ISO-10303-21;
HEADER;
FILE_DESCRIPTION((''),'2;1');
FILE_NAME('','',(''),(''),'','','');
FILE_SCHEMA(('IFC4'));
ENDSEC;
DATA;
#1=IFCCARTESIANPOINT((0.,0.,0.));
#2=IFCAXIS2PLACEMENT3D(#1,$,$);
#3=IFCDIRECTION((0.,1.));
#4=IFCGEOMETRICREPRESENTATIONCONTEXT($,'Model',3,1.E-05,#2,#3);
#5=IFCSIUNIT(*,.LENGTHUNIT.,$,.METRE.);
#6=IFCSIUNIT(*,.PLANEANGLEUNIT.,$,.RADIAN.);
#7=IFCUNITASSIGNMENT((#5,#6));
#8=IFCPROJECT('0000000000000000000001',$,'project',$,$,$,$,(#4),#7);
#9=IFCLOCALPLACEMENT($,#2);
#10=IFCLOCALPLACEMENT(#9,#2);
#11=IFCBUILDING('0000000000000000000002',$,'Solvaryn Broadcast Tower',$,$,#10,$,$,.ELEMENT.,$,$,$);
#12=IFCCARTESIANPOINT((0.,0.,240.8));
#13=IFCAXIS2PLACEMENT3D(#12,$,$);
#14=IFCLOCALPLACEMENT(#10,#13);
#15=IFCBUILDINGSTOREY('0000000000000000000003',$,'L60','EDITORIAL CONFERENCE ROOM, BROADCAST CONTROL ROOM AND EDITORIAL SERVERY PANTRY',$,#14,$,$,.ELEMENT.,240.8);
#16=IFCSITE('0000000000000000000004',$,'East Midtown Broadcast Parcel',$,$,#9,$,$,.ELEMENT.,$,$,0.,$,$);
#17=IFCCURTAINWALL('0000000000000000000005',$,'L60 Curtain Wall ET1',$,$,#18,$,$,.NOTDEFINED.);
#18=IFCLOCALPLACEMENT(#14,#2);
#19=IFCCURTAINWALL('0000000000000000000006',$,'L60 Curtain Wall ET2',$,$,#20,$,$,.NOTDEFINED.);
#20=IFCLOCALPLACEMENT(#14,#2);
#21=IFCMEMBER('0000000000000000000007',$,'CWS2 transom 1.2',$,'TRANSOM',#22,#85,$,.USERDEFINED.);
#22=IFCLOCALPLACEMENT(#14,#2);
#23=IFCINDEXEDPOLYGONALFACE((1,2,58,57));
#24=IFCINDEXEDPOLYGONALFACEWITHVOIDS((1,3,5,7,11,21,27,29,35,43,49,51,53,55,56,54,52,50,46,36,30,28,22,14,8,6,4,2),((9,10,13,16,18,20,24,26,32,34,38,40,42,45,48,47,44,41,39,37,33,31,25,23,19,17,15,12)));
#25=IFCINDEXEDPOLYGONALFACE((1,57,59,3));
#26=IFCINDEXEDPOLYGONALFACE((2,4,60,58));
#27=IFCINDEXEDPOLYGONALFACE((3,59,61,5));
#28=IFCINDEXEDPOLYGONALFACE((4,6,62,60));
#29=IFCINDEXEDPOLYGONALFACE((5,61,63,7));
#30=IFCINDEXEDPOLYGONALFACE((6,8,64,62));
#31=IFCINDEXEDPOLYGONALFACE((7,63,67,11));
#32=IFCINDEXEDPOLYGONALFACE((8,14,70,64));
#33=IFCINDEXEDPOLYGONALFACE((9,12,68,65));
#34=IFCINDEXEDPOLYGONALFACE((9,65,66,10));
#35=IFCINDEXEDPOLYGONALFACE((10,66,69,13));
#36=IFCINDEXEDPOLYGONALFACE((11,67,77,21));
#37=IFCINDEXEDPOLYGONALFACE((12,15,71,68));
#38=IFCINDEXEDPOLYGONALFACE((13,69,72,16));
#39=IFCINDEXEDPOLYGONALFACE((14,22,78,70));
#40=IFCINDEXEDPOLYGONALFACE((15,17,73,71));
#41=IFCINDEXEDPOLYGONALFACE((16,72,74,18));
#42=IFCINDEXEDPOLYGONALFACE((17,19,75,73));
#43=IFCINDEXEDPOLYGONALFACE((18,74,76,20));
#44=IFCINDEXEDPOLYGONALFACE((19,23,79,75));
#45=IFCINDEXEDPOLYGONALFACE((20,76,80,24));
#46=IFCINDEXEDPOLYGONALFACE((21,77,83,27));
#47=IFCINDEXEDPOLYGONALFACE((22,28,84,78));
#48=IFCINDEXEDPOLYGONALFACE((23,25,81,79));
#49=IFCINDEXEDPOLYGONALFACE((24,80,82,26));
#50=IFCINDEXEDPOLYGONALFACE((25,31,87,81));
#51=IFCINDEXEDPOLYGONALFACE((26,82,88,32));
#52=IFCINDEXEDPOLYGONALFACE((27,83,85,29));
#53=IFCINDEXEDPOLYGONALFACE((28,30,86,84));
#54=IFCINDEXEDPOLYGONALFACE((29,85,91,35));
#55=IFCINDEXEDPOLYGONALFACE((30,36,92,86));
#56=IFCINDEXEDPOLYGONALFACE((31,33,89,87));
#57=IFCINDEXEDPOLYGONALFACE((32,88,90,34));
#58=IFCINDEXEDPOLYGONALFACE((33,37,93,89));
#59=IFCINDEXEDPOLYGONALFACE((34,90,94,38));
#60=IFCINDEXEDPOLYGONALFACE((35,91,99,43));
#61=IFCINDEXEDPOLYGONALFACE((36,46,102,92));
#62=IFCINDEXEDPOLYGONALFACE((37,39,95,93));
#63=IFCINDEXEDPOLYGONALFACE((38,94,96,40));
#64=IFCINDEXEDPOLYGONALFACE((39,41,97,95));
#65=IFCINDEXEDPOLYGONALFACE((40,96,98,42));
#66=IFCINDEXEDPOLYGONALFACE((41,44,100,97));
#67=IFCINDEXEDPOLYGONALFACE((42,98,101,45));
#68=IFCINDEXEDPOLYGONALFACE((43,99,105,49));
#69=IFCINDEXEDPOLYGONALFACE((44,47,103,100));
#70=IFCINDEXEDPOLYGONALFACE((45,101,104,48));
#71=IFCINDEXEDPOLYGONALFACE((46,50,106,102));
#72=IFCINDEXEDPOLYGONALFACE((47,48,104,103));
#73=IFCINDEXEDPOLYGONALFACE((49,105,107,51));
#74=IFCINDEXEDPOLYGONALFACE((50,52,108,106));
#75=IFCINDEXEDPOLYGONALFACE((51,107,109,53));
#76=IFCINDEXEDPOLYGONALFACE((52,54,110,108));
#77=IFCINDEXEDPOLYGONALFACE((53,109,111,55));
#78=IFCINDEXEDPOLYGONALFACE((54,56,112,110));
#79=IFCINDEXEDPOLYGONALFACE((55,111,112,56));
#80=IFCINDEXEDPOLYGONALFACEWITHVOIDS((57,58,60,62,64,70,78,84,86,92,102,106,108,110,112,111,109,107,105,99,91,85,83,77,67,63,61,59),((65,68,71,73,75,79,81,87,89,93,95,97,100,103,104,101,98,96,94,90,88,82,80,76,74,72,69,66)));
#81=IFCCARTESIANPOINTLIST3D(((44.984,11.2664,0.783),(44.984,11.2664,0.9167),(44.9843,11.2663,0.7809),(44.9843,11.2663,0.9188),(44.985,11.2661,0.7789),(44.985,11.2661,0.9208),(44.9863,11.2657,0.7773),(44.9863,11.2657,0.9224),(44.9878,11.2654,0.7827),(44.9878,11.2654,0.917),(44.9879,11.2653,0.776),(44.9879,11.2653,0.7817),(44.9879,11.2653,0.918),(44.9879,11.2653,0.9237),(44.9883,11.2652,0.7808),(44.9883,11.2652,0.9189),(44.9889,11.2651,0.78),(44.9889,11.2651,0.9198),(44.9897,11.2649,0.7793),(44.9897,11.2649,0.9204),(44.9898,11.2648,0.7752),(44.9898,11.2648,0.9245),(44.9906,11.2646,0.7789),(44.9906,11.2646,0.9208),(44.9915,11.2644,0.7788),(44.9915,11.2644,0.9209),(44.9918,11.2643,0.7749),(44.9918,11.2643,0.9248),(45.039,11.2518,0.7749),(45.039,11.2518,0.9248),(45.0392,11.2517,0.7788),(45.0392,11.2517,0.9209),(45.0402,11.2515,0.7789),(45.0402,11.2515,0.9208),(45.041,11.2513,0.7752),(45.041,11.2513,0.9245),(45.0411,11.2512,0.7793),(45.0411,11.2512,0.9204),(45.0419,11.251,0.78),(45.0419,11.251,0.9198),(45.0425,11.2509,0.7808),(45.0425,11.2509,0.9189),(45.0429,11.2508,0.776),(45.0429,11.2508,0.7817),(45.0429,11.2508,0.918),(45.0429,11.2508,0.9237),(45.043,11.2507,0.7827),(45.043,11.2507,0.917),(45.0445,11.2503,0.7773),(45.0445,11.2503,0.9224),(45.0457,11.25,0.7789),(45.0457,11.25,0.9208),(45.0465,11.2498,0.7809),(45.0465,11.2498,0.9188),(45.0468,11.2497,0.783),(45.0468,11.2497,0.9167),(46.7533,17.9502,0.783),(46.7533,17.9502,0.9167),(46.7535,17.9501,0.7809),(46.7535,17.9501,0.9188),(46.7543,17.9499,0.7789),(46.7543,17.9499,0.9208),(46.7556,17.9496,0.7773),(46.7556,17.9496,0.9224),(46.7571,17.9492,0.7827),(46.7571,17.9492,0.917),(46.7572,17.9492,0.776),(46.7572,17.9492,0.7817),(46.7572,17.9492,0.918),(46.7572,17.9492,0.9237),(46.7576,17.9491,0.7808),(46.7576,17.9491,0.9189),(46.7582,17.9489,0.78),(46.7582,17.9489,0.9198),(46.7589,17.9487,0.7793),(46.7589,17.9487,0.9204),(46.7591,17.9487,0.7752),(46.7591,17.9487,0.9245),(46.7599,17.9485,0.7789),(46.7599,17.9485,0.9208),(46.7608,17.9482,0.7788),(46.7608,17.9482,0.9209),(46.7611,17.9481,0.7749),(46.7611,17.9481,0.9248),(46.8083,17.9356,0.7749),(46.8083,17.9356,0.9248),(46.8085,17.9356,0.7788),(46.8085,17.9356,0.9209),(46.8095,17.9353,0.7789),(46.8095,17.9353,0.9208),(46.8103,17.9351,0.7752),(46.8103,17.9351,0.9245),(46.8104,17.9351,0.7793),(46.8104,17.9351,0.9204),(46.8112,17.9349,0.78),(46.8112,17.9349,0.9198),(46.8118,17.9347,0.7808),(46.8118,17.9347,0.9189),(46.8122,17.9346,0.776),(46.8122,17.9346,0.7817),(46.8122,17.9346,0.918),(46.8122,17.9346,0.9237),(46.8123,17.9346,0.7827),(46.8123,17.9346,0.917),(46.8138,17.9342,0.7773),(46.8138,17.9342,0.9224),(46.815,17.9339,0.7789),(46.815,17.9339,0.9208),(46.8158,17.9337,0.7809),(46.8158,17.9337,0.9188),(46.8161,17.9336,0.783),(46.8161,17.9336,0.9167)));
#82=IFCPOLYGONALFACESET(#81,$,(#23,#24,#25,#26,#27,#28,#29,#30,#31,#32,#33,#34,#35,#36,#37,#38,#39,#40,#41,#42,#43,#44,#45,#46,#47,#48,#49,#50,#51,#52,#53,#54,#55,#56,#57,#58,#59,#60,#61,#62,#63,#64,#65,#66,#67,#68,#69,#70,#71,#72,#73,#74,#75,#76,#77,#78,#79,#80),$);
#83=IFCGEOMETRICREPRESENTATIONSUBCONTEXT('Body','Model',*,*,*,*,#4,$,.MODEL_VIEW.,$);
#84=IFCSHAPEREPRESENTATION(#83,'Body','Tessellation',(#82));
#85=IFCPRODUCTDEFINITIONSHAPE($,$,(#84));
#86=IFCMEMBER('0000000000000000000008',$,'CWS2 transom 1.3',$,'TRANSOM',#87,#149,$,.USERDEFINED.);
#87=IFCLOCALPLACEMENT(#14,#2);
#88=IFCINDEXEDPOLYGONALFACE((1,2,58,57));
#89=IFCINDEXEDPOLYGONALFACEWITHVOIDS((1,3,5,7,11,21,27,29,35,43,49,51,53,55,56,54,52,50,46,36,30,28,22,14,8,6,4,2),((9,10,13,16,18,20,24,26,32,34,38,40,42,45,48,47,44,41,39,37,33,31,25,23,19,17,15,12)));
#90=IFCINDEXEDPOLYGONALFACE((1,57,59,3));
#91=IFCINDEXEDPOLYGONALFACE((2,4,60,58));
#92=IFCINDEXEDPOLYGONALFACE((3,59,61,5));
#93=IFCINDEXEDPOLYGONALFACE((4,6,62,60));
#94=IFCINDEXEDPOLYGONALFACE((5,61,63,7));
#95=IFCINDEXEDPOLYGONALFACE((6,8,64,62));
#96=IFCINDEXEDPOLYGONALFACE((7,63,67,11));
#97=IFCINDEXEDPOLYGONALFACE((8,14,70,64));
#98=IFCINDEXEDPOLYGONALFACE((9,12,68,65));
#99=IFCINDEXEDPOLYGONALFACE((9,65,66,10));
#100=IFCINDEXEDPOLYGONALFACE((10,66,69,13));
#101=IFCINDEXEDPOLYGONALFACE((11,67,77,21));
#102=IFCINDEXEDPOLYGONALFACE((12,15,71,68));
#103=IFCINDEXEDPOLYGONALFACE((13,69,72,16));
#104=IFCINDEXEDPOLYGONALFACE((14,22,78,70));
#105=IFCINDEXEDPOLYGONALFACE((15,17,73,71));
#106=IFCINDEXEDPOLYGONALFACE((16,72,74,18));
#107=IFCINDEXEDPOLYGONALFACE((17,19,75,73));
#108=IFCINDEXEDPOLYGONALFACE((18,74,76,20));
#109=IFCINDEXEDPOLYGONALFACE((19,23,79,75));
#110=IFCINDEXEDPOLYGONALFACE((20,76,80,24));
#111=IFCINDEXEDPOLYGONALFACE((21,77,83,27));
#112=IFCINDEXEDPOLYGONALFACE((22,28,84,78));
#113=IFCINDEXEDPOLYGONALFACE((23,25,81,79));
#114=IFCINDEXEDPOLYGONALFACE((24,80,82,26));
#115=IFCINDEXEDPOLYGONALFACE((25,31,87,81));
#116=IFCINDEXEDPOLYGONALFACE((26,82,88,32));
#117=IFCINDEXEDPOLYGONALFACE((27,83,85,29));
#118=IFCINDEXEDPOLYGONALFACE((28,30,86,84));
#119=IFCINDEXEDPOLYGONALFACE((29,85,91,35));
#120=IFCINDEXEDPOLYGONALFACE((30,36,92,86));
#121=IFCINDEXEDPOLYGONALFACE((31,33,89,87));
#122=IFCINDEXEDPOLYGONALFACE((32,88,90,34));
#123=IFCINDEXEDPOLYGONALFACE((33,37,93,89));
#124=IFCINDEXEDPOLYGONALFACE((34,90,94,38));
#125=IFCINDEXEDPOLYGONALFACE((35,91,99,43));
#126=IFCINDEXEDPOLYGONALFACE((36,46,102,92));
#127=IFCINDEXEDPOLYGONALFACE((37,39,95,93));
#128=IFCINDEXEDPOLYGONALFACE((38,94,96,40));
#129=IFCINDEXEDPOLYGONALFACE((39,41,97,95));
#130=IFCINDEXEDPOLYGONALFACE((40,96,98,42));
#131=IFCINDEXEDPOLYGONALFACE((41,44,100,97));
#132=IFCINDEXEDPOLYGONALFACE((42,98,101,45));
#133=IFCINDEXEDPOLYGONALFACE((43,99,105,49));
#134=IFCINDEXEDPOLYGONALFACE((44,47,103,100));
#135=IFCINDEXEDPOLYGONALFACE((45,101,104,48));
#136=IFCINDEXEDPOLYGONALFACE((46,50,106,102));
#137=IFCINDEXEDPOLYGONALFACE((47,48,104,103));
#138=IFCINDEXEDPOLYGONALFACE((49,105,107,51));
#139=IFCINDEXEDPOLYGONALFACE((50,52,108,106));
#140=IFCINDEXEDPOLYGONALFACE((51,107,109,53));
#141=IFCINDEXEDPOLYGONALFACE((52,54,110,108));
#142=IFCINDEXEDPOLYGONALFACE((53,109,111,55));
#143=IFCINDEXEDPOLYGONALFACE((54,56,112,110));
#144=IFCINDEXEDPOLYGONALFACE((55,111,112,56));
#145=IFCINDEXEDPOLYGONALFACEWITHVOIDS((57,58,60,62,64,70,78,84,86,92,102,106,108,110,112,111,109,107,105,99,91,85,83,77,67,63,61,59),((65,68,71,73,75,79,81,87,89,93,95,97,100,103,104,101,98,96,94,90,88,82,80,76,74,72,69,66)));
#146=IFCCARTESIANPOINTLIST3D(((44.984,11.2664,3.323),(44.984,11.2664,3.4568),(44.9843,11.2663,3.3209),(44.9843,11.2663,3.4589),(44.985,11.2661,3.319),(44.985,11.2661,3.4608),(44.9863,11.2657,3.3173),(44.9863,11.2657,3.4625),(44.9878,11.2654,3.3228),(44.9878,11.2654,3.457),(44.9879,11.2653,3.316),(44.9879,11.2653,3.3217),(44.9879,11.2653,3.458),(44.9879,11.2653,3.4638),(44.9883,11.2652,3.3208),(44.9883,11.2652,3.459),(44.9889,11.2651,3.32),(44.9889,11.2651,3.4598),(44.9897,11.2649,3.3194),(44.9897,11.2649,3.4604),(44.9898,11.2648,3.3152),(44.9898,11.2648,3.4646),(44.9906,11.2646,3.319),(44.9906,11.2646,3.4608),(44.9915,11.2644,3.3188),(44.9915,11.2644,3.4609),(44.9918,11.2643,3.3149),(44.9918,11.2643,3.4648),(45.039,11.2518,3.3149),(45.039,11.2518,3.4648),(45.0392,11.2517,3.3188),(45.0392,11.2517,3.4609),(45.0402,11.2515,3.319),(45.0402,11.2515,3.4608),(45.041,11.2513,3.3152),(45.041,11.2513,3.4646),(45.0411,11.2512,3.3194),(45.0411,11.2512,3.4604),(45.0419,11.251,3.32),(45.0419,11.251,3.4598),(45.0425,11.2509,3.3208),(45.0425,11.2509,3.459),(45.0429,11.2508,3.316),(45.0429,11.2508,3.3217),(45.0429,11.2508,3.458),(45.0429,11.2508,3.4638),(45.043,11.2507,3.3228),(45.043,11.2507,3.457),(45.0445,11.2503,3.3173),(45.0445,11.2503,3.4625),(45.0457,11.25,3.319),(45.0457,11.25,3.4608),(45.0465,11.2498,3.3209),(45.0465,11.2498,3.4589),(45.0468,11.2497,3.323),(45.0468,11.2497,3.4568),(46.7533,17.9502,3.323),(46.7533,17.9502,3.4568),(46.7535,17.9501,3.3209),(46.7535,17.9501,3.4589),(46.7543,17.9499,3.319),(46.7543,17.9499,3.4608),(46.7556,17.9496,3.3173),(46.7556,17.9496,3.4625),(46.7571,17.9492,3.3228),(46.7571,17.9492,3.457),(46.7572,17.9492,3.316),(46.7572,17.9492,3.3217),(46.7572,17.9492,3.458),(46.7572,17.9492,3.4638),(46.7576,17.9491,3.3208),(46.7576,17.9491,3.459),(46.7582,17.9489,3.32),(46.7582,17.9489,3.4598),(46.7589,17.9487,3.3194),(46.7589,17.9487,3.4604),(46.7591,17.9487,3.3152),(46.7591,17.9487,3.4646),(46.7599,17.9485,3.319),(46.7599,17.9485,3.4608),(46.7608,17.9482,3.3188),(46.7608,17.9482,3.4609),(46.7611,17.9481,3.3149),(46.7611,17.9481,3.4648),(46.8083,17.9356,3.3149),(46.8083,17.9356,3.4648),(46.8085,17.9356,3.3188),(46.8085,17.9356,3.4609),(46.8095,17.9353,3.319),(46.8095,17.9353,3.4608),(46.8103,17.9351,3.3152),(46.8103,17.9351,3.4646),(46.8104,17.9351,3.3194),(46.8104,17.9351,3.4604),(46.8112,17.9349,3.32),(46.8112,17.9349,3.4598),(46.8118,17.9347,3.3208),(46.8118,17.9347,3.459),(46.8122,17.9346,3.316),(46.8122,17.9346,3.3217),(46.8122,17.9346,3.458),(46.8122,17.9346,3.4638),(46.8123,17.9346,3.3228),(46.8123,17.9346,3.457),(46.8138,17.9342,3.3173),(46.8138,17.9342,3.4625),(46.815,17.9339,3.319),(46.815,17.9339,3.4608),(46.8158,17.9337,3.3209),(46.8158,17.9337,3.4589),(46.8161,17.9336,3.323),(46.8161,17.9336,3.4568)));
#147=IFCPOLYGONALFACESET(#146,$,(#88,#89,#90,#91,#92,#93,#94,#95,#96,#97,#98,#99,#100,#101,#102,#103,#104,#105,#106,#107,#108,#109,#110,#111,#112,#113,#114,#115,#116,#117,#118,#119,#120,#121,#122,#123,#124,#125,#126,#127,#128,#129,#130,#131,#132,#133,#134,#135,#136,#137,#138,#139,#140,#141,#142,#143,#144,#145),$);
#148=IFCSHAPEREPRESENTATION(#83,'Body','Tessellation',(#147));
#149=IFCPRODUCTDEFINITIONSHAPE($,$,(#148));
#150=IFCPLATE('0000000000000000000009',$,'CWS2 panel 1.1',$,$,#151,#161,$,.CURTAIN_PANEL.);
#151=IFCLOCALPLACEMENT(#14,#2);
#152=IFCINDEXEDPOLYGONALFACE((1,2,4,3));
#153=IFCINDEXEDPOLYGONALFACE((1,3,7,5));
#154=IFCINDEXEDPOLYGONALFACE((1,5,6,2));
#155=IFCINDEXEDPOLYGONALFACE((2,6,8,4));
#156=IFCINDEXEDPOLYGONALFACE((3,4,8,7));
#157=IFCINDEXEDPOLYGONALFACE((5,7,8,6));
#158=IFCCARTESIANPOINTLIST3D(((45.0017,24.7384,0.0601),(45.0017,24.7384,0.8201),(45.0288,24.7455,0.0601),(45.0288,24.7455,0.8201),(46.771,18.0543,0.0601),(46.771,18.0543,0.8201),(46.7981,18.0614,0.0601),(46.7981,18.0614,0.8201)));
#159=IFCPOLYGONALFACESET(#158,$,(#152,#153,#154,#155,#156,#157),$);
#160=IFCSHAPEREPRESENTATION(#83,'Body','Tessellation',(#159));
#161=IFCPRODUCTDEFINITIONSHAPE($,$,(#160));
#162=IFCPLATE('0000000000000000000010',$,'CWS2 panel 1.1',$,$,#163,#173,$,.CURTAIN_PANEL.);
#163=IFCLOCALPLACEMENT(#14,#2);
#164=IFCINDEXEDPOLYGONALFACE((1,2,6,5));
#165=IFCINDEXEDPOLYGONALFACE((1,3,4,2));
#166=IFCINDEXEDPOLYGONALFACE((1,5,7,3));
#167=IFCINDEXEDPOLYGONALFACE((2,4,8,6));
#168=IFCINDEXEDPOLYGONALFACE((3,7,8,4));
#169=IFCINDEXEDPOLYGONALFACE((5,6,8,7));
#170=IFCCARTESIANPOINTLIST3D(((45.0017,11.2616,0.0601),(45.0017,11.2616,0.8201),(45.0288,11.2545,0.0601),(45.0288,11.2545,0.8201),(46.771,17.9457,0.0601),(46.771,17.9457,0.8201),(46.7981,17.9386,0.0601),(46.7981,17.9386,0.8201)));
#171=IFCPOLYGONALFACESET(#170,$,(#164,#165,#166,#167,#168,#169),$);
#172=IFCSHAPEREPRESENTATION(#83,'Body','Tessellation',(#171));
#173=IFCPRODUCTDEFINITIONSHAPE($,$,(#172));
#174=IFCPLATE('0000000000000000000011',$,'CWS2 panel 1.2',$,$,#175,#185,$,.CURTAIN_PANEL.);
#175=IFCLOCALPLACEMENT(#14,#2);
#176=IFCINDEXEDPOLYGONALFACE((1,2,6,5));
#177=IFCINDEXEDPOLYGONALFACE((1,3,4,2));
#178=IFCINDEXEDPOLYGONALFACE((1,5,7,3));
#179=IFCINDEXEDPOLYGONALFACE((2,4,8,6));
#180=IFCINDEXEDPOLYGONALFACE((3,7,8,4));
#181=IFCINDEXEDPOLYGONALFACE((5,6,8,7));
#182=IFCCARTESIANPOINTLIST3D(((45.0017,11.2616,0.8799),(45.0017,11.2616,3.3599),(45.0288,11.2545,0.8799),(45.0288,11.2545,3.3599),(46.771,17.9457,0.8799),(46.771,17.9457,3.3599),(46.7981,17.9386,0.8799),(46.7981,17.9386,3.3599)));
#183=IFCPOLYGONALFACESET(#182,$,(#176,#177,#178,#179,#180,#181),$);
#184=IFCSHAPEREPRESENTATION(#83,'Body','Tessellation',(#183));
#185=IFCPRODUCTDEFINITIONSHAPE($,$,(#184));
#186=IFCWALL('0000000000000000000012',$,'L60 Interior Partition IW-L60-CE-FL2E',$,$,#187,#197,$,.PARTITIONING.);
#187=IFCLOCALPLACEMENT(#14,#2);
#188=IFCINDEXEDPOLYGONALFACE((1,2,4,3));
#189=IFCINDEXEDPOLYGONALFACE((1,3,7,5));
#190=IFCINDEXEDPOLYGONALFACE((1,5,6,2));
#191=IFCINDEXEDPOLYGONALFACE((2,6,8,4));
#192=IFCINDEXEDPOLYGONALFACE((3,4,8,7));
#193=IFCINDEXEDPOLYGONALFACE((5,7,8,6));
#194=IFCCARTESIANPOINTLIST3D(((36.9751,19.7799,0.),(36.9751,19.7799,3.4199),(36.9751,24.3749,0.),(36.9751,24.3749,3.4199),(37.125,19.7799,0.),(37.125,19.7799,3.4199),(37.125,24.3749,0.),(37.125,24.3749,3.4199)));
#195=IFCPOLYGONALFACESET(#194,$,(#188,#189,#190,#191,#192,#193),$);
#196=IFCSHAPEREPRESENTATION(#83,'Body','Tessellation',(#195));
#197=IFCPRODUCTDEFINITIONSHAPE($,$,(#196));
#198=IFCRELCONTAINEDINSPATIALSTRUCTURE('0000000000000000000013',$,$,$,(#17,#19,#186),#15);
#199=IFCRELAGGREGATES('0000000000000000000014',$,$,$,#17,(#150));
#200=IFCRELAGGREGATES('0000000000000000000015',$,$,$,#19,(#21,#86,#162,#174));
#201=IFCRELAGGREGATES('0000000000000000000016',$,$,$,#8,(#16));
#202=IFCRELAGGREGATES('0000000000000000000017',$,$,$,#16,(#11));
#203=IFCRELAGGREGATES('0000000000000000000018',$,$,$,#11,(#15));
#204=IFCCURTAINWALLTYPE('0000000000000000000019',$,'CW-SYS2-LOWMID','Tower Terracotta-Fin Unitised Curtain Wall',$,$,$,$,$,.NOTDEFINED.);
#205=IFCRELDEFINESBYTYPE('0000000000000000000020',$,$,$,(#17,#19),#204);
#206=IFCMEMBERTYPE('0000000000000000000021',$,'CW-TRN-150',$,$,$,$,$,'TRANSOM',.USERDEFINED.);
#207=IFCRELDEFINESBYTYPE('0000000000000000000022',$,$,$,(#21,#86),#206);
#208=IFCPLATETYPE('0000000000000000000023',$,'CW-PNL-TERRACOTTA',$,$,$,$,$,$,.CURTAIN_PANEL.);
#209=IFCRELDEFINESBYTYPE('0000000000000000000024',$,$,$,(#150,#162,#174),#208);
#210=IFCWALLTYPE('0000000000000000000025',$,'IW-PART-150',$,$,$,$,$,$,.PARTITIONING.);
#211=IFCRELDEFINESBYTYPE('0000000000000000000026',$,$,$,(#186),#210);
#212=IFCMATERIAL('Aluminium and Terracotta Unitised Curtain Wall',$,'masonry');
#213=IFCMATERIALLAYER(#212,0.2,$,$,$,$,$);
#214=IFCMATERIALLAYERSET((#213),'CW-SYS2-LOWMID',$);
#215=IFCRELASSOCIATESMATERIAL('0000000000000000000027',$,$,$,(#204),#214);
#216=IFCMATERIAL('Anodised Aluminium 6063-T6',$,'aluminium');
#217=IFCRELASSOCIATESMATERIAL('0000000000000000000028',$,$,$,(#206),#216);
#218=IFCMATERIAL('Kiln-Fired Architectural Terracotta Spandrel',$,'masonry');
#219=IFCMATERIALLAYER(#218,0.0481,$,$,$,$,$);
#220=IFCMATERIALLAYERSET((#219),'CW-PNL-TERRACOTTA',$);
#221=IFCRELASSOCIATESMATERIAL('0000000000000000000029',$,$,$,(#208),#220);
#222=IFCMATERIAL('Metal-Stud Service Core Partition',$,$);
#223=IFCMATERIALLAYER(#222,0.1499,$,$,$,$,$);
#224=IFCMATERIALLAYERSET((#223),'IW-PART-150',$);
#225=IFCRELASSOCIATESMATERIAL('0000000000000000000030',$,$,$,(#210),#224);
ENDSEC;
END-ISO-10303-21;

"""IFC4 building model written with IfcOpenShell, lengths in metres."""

from ifc_helpers import new_model, si_unit, direction, frame, frame_2d, origin, origin_2d, place, context, subcontext, project, spatial, rectangle, hollow_rectangle, extrude, material, layer, layer_set, material_profile, profile_set, type_object, element, aggregate, save


model = new_model("IFC4")

# Units and contexts
model_context = context("Model", 3, precision=1e-05, world=origin(), true_north=direction((0.0, 1.0)))
body_context = subcontext(model_context, "Body", "Model", "MODEL_VIEW")
ifc_project = project(units=[si_unit("LENGTHUNIT", "METRE"), si_unit("PLANEANGLEUNIT", "RADIAN")], contexts=[model_context])

# Site, building, storey
site_placement = place(None, origin())
site = spatial("IfcSite", under=ifc_project, at=site_placement, Name="East Midtown Broadcast Parcel", CompositionType="ELEMENT", RefElevation=0.0)
building_placement = place(site_placement, origin())
building = spatial("IfcBuilding", under=site, at=building_placement, Name="Solvaryn Broadcast Tower", CompositionType="ELEMENT")
storey_placement = place(building_placement, frame((0.0, 0.0, 240.8)))
storey = spatial("IfcBuildingStorey", under=building, at=storey_placement, Name="L60", Description="EDITORIAL CONFERENCE ROOM, BROADCAST CONTROL ROOM AND EDITORIAL SERVERY PANTRY", CompositionType="ELEMENT", Elevation=240.8)

# Curtain wall
ifc_material_1 = material(Name="Aluminium and Terracotta Unitised Curtain Wall", Category="masonry")
ifc_layer_1 = layer(ifc_material_1, 0.2)
ifc_layer_set_1 = layer_set([ifc_layer_1], Name="CW-SYS2-LOWMID")
curtain_wall_type = type_object("IfcCurtainWallType", Name="CW-SYS2-LOWMID", Description="Tower Terracotta-Fin Unitised Curtain Wall", PredefinedType="NOTDEFINED", material=ifc_layer_set_1)
curtain_wall_1_placement = place(storey_placement, origin())
curtain_wall_1 = element("IfcCurtainWall", 1, at=curtain_wall_1_placement, inside=storey, type_object=curtain_wall_type, Name="L60 Curtain Wall ET1", PredefinedType="NOTDEFINED")

# Curtain wall, members
curtain_wall_2_placement = place(storey_placement, origin())
curtain_wall_2 = element("IfcCurtainWall", 2, at=curtain_wall_2_placement, inside=storey, type_object=curtain_wall_type, Name="L60 Curtain Wall ET2", PredefinedType="NOTDEFINED")
ifc_material_2 = material(Name="Anodised Aluminium 6063-T6", Category="aluminium")
ifc_material_profile_1 = material_profile(ifc_material_2, hollow_rectangle(XDim=0.0649, YDim=0.1499, WallThickness=0.0039, InnerFilletRadius=0.0039, OuterFilletRadius=0.0081, at=origin_2d()))
ifc_profile_set_1 = profile_set([ifc_material_profile_1], Name="Anodised Aluminium 6063-T6")
member_type_1 = type_object("IfcMemberType", Name="CW-TRN-150", ElementType="TRANSOM", PredefinedType="USERDEFINED", material=ifc_profile_set_1)
member_1_placement = place(storey_placement, frame((46.7847, 17.9419, 0.8499), z_axis=(-0.255897, -0.966704, 0.0), x_axis=(0.966704, -0.255897, 0.0)))
member_1 = element("IfcMember", 3, at=member_1_placement, type_object=member_type_1, Name="CWS2 transom 1.2", ObjectType="TRANSOM", PredefinedType="USERDEFINED", context=body_context, shape_type="SweptSolid", body=[
    extrude(hollow_rectangle(XDim=0.0649, YDim=0.1499, WallThickness=0.0039, InnerFilletRadius=0.0039, OuterFilletRadius=0.0081, at=origin_2d()), origin(), (0.0, 0.0, 1.0), 6.9141),
])
member_2_placement = place(storey_placement, frame((46.7847, 17.9419, 3.3899), z_axis=(-0.255897, -0.966704, 0.0), x_axis=(0.966704, -0.255897, 0.0)))
member_2 = element("IfcMember", 4, at=member_2_placement, type_object=member_type_1, Name="CWS2 transom 1.3", ObjectType="TRANSOM", PredefinedType="USERDEFINED", context=body_context, shape_type="SweptSolid", body=[
    extrude(hollow_rectangle(XDim=0.0649, YDim=0.1499, WallThickness=0.0039, InnerFilletRadius=0.0039, OuterFilletRadius=0.0081, at=origin_2d()), origin(), (0.0, 0.0, 1.0), 6.9141),
])

# Plates
ifc_material_3 = material(Name="Kiln-Fired Architectural Terracotta Spandrel", Category="masonry")
ifc_layer_2 = layer(ifc_material_3, 0.0481)
ifc_layer_set_2 = layer_set([ifc_layer_2], Name="CW-PNL-TERRACOTTA")
plate_type = type_object("IfcPlateType", Name="CW-PNL-TERRACOTTA", PredefinedType="CURTAIN_PANEL", material=ifc_layer_set_2)
plate_1_placement = place(storey_placement, frame((45.8999, 21.3999, 0.0601), z_axis=(0.0, 0.0, 1.0), x_axis=(0.255893, -0.966705, 0.0)))
plate_1 = element("IfcPlate", 5, at=plate_1_placement, type_object=plate_type, Name="CWS2 panel 1.1", PredefinedType="CURTAIN_PANEL", context=body_context, shape_type="SweptSolid", body=[
    extrude(rectangle(XDim=6.9143, YDim=0.0281, at=origin_2d()), origin(), (0.0, 0.0, 1.0), 0.76),
])
aggregate(curtain_wall_1, [plate_1])
plate_2_placement = place(storey_placement, frame((45.8999, 14.6001, 0.0601), z_axis=(0.0, 0.0, 1.0), x_axis=(-0.255893, -0.966705, 0.0)))
plate_2 = element("IfcPlate", 6, at=plate_2_placement, type_object=plate_type, Name="CWS2 panel 1.1", PredefinedType="CURTAIN_PANEL", context=body_context, shape_type="SweptSolid", body=[
    extrude(rectangle(XDim=6.9143, YDim=0.0281, at=origin_2d()), origin(), (0.0, 0.0, 1.0), 0.76),
])
plate_3_placement = place(storey_placement, frame((45.8999, 14.6001, 0.8799), z_axis=(0.0, 0.0, 1.0), x_axis=(-0.255893, -0.966705, 0.0)))
plate_3 = element("IfcPlate", 7, at=plate_3_placement, type_object=plate_type, Name="CWS2 panel 1.2", PredefinedType="CURTAIN_PANEL", context=body_context, shape_type="SweptSolid", body=[
    extrude(rectangle(XDim=6.9143, YDim=0.0281, at=origin_2d()), origin(), (0.0, 0.0, 1.0), 2.48),
])
aggregate(curtain_wall_2, [member_1, member_2, plate_2, plate_3])

# Wall
ifc_material_4 = material(Name="Metal-Stud Service Core Partition")
ifc_layer_3 = layer(ifc_material_4, 0.1499)
ifc_layer_set_3 = layer_set([ifc_layer_3], Name="IW-PART-150")
wall_type_1 = type_object("IfcWallType", Name="IW-PART-150", PredefinedType="PARTITIONING", material=ifc_layer_set_3)
for number, where, z_axis, x_axis, name in (
    (8, (37.05, 19.78, 0.0), (0.0, 0.0, 1.0), (0.0, 1.0, 0.0), "L60 Interior Partition IW-L60-CE-FL2E"),
):
    element("IfcWall", number, at=place(storey_placement, frame(where, z_axis=z_axis, x_axis=x_axis)), inside=storey, type_object=wall_type_1, Name=name, PredefinedType="PARTITIONING", context=body_context, shape_type="SweptSolid", body=[
        extrude(rectangle(XDim=4.595, YDim=0.1499, at=frame_2d((2.2974, 0.0))), origin(), (0.0, 0.0, 1.0), 3.4199),
    ])

save(model, "model.ifc")
